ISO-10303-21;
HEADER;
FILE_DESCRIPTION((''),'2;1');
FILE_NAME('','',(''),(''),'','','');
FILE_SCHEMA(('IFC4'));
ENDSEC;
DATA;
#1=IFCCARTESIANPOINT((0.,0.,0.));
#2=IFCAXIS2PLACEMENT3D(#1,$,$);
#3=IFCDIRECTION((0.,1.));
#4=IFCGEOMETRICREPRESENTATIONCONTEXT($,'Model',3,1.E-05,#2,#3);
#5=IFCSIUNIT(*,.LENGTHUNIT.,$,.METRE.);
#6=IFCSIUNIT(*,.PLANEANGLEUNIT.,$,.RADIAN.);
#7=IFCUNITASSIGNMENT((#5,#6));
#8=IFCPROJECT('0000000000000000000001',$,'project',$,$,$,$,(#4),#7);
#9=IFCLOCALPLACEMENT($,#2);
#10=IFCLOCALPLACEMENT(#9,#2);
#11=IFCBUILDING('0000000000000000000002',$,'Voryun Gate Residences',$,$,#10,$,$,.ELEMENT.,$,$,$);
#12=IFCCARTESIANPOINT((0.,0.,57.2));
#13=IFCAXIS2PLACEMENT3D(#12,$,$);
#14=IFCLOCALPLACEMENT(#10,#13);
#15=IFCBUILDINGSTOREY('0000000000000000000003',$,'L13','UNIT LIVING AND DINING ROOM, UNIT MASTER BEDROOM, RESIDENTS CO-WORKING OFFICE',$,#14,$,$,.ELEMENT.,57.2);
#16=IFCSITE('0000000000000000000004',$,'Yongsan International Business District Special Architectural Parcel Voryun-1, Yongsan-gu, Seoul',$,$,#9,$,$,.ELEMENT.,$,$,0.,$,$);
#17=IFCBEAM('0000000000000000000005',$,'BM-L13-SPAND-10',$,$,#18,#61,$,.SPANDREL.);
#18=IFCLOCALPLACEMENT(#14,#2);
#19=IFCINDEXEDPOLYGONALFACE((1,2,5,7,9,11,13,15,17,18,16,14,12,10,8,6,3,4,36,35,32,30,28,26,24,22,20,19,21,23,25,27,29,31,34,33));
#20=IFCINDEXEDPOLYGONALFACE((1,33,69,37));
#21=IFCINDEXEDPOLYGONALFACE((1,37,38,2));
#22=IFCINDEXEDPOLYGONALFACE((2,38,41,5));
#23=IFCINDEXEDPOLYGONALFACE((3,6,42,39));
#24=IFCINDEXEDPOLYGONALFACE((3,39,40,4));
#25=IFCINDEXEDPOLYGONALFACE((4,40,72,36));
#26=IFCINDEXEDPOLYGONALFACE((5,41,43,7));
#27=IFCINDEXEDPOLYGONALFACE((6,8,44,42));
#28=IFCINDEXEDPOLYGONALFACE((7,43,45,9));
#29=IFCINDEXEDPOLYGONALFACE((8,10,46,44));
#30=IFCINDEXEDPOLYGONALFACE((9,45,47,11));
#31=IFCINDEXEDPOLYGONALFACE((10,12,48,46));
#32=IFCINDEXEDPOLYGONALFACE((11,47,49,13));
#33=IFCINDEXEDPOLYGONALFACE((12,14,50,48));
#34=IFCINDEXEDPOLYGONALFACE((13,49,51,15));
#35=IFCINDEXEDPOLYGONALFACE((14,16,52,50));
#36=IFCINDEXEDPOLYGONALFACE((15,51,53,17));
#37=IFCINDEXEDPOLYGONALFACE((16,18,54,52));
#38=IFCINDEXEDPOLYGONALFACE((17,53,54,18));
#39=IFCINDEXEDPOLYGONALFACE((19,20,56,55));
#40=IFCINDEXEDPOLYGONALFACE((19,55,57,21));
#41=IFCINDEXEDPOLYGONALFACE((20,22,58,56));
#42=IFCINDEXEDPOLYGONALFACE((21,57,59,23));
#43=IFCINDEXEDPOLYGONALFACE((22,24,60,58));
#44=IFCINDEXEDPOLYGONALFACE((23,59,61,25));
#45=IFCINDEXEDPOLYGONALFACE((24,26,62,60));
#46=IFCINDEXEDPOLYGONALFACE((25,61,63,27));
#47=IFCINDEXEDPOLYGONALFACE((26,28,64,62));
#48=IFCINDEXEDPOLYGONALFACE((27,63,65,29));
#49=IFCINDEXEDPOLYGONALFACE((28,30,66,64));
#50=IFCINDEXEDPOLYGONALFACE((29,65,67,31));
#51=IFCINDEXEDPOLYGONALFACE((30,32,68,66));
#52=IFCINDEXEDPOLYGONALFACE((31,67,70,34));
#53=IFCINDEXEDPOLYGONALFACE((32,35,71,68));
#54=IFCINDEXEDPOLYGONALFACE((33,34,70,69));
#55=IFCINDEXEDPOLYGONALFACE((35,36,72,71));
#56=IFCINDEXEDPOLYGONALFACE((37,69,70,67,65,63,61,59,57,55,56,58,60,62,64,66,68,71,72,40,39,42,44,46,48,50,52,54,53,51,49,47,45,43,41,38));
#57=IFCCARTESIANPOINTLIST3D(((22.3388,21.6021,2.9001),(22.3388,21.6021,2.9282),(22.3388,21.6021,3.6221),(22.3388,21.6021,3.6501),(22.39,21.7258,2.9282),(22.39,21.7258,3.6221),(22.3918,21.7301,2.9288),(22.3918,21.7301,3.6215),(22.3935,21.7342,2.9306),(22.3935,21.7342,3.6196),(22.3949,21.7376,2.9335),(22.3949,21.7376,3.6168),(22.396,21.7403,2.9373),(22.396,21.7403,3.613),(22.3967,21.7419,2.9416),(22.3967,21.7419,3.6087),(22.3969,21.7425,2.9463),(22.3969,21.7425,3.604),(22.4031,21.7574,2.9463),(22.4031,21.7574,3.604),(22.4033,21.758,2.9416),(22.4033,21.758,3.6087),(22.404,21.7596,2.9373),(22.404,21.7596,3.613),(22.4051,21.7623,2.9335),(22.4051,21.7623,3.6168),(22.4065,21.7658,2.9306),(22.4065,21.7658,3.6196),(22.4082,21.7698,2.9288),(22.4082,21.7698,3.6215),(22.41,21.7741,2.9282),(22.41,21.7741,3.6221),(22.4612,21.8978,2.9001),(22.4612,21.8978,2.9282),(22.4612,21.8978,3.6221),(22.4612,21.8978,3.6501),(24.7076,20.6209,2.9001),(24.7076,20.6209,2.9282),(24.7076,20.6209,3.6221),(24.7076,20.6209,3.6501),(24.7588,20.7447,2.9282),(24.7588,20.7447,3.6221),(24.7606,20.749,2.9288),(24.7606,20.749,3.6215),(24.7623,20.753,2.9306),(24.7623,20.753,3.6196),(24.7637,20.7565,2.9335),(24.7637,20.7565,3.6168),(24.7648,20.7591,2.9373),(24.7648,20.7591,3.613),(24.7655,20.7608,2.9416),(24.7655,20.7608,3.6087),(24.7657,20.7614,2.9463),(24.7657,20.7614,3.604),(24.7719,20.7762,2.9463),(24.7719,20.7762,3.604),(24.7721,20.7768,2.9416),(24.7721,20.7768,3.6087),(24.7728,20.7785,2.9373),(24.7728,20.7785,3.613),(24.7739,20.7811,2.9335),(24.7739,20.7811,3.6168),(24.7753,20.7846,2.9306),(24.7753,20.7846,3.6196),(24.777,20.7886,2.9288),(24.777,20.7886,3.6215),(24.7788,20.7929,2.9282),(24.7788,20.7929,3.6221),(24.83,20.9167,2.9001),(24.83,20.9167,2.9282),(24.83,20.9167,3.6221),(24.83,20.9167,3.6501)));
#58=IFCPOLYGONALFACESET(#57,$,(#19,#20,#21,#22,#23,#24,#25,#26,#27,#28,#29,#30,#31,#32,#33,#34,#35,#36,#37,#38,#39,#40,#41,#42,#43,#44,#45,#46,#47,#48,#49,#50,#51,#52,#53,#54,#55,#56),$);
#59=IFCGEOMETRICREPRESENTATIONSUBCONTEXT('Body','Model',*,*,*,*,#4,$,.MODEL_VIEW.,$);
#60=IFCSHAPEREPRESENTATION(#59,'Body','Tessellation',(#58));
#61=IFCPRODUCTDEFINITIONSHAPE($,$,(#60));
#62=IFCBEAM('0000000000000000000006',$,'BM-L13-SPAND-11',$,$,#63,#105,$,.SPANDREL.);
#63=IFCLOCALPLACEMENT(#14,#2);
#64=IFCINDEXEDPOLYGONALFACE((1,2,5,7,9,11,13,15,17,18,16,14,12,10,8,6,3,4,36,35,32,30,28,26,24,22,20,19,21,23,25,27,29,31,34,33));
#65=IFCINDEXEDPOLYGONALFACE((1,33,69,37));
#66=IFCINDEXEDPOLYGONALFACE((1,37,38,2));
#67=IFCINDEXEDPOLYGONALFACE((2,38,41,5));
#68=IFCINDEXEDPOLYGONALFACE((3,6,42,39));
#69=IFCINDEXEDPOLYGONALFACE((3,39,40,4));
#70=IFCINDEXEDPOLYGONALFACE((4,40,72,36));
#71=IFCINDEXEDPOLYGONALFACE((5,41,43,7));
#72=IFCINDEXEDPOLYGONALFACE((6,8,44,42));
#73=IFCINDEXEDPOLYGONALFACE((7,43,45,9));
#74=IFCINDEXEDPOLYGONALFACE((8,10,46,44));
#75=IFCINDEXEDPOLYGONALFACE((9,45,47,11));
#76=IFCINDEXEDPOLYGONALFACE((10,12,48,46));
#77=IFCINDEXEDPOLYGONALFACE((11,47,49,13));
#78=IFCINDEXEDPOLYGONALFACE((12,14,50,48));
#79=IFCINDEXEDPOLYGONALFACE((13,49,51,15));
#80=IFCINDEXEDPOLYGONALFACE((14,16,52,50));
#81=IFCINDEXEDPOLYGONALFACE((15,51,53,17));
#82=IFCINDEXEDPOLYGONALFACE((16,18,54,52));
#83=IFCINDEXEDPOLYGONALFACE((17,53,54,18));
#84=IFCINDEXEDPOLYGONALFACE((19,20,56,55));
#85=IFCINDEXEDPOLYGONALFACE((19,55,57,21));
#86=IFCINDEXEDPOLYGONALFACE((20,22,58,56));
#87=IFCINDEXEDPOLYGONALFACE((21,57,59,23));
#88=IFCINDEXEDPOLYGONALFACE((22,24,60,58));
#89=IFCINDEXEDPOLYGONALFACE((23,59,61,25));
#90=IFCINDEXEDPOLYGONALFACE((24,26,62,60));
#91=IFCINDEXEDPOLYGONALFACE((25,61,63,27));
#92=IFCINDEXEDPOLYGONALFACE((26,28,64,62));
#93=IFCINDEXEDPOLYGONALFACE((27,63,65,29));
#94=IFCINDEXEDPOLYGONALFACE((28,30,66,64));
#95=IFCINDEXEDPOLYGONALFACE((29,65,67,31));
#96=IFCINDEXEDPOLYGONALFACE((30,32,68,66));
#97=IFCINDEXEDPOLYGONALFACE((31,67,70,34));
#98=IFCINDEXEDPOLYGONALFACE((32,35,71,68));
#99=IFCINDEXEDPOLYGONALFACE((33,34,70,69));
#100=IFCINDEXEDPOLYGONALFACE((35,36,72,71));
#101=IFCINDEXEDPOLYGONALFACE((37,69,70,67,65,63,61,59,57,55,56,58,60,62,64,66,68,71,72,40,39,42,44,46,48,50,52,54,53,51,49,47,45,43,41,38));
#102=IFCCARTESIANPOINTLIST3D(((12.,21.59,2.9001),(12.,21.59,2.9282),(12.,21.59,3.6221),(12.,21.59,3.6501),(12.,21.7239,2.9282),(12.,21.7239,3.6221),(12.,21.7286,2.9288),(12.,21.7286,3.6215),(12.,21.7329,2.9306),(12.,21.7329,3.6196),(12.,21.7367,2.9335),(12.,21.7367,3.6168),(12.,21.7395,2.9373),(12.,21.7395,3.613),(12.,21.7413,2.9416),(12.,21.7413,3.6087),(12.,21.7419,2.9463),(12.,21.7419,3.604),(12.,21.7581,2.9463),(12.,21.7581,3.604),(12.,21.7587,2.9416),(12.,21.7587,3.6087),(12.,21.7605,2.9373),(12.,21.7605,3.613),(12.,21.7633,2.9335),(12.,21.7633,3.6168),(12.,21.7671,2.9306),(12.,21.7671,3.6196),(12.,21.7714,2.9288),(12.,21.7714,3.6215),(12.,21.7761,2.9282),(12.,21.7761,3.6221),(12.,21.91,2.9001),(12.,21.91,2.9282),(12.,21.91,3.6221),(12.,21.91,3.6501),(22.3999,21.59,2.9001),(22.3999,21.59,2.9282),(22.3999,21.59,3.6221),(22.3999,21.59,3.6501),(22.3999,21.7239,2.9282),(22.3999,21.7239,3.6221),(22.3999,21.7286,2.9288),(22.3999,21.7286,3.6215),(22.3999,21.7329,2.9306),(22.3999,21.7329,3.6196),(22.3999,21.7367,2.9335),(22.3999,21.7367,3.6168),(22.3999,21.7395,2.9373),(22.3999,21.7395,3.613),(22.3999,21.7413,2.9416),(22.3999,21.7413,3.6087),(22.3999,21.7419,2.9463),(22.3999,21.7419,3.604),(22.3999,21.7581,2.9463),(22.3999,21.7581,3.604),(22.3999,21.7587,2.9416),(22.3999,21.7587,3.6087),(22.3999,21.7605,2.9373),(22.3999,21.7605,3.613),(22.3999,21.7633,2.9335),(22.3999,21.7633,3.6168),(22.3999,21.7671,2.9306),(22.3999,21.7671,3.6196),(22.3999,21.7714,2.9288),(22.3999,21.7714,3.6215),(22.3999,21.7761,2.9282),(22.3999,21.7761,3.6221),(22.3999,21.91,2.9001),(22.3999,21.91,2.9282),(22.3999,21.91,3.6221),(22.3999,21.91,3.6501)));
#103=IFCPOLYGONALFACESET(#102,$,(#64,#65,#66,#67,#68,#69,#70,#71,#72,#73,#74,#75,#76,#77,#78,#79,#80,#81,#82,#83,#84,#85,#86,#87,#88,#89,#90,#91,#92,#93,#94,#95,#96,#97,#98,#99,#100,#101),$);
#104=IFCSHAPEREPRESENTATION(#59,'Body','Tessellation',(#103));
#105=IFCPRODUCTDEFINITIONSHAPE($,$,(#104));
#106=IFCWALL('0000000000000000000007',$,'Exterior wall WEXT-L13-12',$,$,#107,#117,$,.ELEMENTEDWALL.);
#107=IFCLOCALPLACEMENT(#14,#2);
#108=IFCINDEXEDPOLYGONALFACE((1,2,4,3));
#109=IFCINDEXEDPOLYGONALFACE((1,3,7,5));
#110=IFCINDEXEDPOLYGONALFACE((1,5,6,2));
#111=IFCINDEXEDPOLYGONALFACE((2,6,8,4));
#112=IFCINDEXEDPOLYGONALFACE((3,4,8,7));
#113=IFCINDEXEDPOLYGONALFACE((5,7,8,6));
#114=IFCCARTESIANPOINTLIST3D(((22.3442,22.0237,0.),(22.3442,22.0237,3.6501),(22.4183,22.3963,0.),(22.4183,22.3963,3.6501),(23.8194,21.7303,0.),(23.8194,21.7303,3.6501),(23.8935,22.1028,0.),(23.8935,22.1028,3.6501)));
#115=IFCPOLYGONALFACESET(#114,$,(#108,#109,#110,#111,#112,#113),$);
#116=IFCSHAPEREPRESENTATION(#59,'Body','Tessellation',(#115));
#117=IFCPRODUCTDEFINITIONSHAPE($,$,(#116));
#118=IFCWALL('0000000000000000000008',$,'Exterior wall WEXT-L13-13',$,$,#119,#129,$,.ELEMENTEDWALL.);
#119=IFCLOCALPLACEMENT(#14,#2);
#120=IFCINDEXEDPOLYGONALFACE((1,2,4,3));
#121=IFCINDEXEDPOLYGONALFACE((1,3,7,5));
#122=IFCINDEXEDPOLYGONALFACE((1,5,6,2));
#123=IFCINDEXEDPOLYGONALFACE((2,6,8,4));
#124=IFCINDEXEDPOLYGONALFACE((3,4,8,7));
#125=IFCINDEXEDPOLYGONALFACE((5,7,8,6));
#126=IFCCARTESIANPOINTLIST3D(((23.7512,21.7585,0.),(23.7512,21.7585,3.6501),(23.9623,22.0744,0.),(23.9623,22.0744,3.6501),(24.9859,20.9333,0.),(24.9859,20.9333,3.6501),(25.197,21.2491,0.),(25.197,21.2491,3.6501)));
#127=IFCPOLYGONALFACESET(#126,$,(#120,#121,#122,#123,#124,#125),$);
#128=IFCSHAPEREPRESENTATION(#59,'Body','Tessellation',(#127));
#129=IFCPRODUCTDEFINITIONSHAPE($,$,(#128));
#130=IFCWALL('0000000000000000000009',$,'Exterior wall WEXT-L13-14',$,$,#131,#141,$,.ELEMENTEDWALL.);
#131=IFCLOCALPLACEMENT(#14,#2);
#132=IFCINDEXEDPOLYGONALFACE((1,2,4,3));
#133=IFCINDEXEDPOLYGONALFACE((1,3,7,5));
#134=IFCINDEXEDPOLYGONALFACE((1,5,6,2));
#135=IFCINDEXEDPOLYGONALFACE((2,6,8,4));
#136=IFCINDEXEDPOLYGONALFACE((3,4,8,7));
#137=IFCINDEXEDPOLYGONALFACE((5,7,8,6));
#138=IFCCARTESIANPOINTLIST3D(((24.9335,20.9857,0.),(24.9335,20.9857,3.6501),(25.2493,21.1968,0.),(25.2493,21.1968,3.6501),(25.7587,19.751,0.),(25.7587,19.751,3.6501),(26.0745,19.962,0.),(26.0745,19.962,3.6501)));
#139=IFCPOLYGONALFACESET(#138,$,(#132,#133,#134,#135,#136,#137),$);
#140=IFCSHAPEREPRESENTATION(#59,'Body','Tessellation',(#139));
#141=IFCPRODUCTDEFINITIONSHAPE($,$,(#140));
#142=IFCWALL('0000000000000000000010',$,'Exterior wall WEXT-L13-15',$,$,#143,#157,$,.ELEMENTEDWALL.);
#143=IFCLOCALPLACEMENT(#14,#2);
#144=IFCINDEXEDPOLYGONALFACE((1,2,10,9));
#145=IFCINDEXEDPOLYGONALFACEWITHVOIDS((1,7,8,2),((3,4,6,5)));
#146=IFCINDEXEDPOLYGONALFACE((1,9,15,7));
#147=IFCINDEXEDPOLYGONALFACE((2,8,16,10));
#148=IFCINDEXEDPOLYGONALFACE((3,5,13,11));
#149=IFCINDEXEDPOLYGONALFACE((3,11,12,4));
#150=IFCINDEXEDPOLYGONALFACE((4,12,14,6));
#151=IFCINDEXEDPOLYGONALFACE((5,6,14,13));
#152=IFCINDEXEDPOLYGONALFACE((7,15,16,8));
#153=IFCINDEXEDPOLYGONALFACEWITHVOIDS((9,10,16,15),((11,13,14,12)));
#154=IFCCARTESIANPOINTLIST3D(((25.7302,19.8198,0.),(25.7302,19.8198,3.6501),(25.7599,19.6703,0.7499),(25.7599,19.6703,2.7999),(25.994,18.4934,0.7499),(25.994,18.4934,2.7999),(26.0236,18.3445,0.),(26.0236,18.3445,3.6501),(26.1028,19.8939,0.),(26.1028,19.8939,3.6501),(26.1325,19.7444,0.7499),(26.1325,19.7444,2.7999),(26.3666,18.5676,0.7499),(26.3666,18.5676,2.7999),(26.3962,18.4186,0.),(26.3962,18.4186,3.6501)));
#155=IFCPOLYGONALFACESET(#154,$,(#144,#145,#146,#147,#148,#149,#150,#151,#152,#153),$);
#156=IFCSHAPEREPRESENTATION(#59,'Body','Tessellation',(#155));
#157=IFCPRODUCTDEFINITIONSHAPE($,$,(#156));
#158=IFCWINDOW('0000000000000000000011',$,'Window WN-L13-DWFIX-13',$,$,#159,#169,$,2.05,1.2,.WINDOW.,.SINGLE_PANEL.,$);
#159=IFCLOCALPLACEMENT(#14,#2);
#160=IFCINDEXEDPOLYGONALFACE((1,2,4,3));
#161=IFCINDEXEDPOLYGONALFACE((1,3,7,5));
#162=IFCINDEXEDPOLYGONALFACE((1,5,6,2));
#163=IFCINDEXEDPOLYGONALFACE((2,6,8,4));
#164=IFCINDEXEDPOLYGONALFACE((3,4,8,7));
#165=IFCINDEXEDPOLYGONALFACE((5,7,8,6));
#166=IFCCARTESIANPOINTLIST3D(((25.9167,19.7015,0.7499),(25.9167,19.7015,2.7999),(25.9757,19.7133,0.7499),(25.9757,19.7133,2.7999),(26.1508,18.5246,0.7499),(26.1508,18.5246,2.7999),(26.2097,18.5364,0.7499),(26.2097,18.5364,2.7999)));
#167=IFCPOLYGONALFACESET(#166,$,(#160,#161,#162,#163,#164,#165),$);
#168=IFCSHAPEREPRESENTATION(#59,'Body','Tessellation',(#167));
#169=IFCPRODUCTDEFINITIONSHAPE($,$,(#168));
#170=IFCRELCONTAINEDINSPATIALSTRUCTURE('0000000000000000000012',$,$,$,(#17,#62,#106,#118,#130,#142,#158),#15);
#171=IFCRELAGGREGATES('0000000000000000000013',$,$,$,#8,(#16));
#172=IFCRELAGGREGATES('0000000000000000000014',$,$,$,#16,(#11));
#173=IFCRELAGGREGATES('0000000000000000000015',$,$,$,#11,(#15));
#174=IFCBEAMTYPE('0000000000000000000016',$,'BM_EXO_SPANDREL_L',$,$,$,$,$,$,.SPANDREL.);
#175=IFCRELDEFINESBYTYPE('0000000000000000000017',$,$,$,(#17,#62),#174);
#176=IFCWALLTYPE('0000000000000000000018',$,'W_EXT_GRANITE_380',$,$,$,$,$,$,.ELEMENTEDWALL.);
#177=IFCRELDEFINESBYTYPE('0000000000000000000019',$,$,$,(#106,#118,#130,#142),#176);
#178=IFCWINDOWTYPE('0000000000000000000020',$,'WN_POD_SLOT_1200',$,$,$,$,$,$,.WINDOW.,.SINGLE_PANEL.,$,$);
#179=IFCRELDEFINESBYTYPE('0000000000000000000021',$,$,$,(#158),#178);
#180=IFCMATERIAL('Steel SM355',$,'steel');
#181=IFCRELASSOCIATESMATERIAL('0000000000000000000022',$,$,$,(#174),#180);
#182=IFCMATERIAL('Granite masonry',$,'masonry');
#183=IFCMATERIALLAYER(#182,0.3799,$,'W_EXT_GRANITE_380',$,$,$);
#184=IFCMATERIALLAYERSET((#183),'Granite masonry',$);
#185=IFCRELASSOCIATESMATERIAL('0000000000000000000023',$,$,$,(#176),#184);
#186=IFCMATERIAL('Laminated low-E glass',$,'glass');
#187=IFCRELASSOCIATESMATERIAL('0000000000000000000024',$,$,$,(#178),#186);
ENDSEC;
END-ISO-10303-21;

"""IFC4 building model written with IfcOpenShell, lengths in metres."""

from ifc_helpers import new_model, si_unit, direction, frame, frame_2d, origin, origin_2d, place, context, subcontext, project, spatial, rectangle, i_section, extrude, material, layer, layer_set, material_profile, profile_set, type_object, element, fill, save


model = new_model("IFC4")

# Units and contexts
model_context = context("Model", 3, precision=1e-05, world=origin(), true_north=direction((0.0, 1.0)))
body_context = subcontext(model_context, "Body", "Model", "MODEL_VIEW")
ifc_project = project(units=[si_unit("LENGTHUNIT", "METRE"), si_unit("PLANEANGLEUNIT", "RADIAN")], contexts=[model_context])

# Site, building, storey
site_placement = place(None, origin())
site = spatial("IfcSite", under=ifc_project, at=site_placement, Name="Yongsan International Business District Special Architectural Parcel Voryun-1, Yongsan-gu, Seoul", CompositionType="ELEMENT", RefElevation=0.0)
building_placement = place(site_placement, origin())
building = spatial("IfcBuilding", under=site, at=building_placement, Name="Voryun Gate Residences", CompositionType="ELEMENT")
storey_placement = place(building_placement, frame((0.0, 0.0, 57.2)))
storey = spatial("IfcBuildingStorey", under=building, at=storey_placement, Name="L13", Description="UNIT LIVING AND DINING ROOM, UNIT MASTER BEDROOM, RESIDENTS CO-WORKING OFFICE", CompositionType="ELEMENT", Elevation=57.2)

# Beams
ifc_material_1 = material(Name="Steel SM355", Category="steel")
ifc_material_profile_1 = material_profile(ifc_material_1, i_section(OverallWidth=0.3201, OverallDepth=0.75, WebThickness=0.0161, FlangeThickness=0.0281, FilletRadius=0.0181, at=origin_2d()), Name="H-750x320x16x28")
ifc_profile_set_1 = profile_set([ifc_material_profile_1], Name="Steel SM355")
beam_type = type_object("IfcBeamType", Name="BM_EXO_SPANDREL_L", PredefinedType="SPANDREL", material=ifc_profile_set_1)
beam_1_placement = place(storey_placement, frame((24.7688, 20.7688, 3.2751), z_axis=(-0.923883, 0.382674, 0.0), x_axis=(-0.382674, -0.923883, 0.0)))
element("IfcBeam", 1, at=beam_1_placement, inside=storey, type_object=beam_type, Name="BM-L13-SPAND-10", PredefinedType="SPANDREL", context=body_context, shape_type="SweptSolid", body=[
    extrude(i_section(OverallWidth=0.3201, OverallDepth=0.75, WebThickness=0.0161, FlangeThickness=0.0281, FilletRadius=0.0181, at=origin_2d()), origin(), (0.0, 0.0, 1.0), 2.564),
])
beam_2_placement = place(storey_placement, frame((22.3999, 21.75, 3.2751), z_axis=(-1.0, 0.0, 0.0), x_axis=(0.0, -1.0, 0.0)))
element("IfcBeam", 2, at=beam_2_placement, inside=storey, type_object=beam_type, Name="BM-L13-SPAND-11", PredefinedType="SPANDREL", context=body_context, shape_type="SweptSolid", body=[
    extrude(i_section(OverallWidth=0.3201, OverallDepth=0.75, WebThickness=0.0161, FlangeThickness=0.0281, FilletRadius=0.0181, at=origin_2d()), origin(), (0.0, 0.0, 1.0), 10.3999),
])

# Walls
ifc_material_2 = material(Name="Granite masonry", Category="masonry")
ifc_layer_1 = layer(ifc_material_2, 0.3799, Name="W_EXT_GRANITE_380")
ifc_layer_set_1 = layer_set([ifc_layer_1], Name="Granite masonry")
wall_type_1 = type_object("IfcWallType", Name="W_EXT_GRANITE_380", PredefinedType="ELEMENTEDWALL", material=ifc_layer_set_1)
wall_1_placement = place(storey_placement, frame((22.3813, 22.21, 0.0), z_axis=(0.0, 0.0, 1.0), x_axis=(0.980786, -0.195086, 0.0)))
element("IfcWall", 3, at=wall_1_placement, inside=storey, type_object=wall_type_1, Name="Exterior wall WEXT-L13-12", PredefinedType="ELEMENTEDWALL", context=body_context, shape_type="SweptSolid", body=[
    extrude(rectangle(XDim=1.5042, YDim=0.3799, at=frame_2d((0.752, 0.0))), origin(), (0.0, 0.0, 1.0), 3.6501),
])
for number, where, z_axis, x_axis, name in (
    (4, (23.8567, 21.9165, 0.0), (0.0, 0.0, 1.0), (0.831392, -0.555686, 0.0), "Exterior wall WEXT-L13-13"),
    (5, (25.0913, 21.0913, 0.0), (0.0, 0.0, 1.0), (0.555686, -0.831392, 0.0), "Exterior wall WEXT-L13-14"),
):
    element("IfcWall", number, at=place(storey_placement, frame(where, z_axis=z_axis, x_axis=x_axis)), inside=storey, type_object=wall_type_1, Name=name, PredefinedType="ELEMENTEDWALL", context=body_context, shape_type="SweptSolid", body=[
        extrude(rectangle(XDim=1.4851, YDim=0.3799, at=frame_2d((0.7427, 0.0))), origin(), (0.0, 0.0, 1.0), 3.6501),
    ])

# Wall, opening, window
wall_2_placement = place(storey_placement, frame((25.9165, 19.8567, 0.0), z_axis=(0.0, 0.0, 1.0), x_axis=(0.195086, -0.980786, 0.0)))
wall_2 = element("IfcWall", 6, at=wall_2_placement, inside=storey, type_object=wall_type_1, Name="Exterior wall WEXT-L13-15", PredefinedType="ELEMENTEDWALL", context=body_context, shape_type="SweptSolid", body=[
    extrude(rectangle(XDim=1.5042, YDim=0.3799, at=frame_2d((0.752, 0.0))), origin(), (0.0, 0.0, 1.0), 3.6501),
])
opening_1_placement = place(wall_2_placement, frame((0.1521, 0.0, 0.75)))
opening_1 = element("IfcOpeningElement", 7, at=opening_1_placement, cuts=wall_2, PredefinedType="OPENING", context=body_context, shape_type="SweptSolid", body=[
    extrude(rectangle(XDim=1.2, YDim=2.05, at=frame_2d((0.6001, 1.0249))), frame((0.0, 0.2, 0.0), z_axis=(0.0, -1.0, 0.0), x_axis=(1.0, 0.0, 0.0)), (0.0, 0.0, 1.0), 0.3999),
])
ifc_material_3 = material(Name="Laminated low-E glass", Category="glass")
window_type = type_object("IfcWindowType", Name="WN_POD_SLOT_1200", PartitioningType="SINGLE_PANEL", PredefinedType="WINDOW", material=ifc_material_3)
window_1_placement = place(opening_1_placement, origin())
window_1 = element("IfcWindow", 8, at=window_1_placement, inside=storey, type_object=window_type, Name="Window WN-L13-DWFIX-13", OverallHeight=2.05, OverallWidth=1.2, PartitioningType="SINGLE_PANEL", PredefinedType="WINDOW", context=body_context, shape_type="SweptSolid", body=[
    extrude(rectangle(XDim=1.2, YDim=2.05, at=frame_2d((0.6001, 1.0249))), frame((0.0, 0.03, 0.0), z_axis=(0.0, -1.0, 0.0), x_axis=(1.0, 0.0, 0.0)), (0.0, 0.0, 1.0), 0.0601),
])
fill(opening_1, window_1)

save(model, "model.ifc")
